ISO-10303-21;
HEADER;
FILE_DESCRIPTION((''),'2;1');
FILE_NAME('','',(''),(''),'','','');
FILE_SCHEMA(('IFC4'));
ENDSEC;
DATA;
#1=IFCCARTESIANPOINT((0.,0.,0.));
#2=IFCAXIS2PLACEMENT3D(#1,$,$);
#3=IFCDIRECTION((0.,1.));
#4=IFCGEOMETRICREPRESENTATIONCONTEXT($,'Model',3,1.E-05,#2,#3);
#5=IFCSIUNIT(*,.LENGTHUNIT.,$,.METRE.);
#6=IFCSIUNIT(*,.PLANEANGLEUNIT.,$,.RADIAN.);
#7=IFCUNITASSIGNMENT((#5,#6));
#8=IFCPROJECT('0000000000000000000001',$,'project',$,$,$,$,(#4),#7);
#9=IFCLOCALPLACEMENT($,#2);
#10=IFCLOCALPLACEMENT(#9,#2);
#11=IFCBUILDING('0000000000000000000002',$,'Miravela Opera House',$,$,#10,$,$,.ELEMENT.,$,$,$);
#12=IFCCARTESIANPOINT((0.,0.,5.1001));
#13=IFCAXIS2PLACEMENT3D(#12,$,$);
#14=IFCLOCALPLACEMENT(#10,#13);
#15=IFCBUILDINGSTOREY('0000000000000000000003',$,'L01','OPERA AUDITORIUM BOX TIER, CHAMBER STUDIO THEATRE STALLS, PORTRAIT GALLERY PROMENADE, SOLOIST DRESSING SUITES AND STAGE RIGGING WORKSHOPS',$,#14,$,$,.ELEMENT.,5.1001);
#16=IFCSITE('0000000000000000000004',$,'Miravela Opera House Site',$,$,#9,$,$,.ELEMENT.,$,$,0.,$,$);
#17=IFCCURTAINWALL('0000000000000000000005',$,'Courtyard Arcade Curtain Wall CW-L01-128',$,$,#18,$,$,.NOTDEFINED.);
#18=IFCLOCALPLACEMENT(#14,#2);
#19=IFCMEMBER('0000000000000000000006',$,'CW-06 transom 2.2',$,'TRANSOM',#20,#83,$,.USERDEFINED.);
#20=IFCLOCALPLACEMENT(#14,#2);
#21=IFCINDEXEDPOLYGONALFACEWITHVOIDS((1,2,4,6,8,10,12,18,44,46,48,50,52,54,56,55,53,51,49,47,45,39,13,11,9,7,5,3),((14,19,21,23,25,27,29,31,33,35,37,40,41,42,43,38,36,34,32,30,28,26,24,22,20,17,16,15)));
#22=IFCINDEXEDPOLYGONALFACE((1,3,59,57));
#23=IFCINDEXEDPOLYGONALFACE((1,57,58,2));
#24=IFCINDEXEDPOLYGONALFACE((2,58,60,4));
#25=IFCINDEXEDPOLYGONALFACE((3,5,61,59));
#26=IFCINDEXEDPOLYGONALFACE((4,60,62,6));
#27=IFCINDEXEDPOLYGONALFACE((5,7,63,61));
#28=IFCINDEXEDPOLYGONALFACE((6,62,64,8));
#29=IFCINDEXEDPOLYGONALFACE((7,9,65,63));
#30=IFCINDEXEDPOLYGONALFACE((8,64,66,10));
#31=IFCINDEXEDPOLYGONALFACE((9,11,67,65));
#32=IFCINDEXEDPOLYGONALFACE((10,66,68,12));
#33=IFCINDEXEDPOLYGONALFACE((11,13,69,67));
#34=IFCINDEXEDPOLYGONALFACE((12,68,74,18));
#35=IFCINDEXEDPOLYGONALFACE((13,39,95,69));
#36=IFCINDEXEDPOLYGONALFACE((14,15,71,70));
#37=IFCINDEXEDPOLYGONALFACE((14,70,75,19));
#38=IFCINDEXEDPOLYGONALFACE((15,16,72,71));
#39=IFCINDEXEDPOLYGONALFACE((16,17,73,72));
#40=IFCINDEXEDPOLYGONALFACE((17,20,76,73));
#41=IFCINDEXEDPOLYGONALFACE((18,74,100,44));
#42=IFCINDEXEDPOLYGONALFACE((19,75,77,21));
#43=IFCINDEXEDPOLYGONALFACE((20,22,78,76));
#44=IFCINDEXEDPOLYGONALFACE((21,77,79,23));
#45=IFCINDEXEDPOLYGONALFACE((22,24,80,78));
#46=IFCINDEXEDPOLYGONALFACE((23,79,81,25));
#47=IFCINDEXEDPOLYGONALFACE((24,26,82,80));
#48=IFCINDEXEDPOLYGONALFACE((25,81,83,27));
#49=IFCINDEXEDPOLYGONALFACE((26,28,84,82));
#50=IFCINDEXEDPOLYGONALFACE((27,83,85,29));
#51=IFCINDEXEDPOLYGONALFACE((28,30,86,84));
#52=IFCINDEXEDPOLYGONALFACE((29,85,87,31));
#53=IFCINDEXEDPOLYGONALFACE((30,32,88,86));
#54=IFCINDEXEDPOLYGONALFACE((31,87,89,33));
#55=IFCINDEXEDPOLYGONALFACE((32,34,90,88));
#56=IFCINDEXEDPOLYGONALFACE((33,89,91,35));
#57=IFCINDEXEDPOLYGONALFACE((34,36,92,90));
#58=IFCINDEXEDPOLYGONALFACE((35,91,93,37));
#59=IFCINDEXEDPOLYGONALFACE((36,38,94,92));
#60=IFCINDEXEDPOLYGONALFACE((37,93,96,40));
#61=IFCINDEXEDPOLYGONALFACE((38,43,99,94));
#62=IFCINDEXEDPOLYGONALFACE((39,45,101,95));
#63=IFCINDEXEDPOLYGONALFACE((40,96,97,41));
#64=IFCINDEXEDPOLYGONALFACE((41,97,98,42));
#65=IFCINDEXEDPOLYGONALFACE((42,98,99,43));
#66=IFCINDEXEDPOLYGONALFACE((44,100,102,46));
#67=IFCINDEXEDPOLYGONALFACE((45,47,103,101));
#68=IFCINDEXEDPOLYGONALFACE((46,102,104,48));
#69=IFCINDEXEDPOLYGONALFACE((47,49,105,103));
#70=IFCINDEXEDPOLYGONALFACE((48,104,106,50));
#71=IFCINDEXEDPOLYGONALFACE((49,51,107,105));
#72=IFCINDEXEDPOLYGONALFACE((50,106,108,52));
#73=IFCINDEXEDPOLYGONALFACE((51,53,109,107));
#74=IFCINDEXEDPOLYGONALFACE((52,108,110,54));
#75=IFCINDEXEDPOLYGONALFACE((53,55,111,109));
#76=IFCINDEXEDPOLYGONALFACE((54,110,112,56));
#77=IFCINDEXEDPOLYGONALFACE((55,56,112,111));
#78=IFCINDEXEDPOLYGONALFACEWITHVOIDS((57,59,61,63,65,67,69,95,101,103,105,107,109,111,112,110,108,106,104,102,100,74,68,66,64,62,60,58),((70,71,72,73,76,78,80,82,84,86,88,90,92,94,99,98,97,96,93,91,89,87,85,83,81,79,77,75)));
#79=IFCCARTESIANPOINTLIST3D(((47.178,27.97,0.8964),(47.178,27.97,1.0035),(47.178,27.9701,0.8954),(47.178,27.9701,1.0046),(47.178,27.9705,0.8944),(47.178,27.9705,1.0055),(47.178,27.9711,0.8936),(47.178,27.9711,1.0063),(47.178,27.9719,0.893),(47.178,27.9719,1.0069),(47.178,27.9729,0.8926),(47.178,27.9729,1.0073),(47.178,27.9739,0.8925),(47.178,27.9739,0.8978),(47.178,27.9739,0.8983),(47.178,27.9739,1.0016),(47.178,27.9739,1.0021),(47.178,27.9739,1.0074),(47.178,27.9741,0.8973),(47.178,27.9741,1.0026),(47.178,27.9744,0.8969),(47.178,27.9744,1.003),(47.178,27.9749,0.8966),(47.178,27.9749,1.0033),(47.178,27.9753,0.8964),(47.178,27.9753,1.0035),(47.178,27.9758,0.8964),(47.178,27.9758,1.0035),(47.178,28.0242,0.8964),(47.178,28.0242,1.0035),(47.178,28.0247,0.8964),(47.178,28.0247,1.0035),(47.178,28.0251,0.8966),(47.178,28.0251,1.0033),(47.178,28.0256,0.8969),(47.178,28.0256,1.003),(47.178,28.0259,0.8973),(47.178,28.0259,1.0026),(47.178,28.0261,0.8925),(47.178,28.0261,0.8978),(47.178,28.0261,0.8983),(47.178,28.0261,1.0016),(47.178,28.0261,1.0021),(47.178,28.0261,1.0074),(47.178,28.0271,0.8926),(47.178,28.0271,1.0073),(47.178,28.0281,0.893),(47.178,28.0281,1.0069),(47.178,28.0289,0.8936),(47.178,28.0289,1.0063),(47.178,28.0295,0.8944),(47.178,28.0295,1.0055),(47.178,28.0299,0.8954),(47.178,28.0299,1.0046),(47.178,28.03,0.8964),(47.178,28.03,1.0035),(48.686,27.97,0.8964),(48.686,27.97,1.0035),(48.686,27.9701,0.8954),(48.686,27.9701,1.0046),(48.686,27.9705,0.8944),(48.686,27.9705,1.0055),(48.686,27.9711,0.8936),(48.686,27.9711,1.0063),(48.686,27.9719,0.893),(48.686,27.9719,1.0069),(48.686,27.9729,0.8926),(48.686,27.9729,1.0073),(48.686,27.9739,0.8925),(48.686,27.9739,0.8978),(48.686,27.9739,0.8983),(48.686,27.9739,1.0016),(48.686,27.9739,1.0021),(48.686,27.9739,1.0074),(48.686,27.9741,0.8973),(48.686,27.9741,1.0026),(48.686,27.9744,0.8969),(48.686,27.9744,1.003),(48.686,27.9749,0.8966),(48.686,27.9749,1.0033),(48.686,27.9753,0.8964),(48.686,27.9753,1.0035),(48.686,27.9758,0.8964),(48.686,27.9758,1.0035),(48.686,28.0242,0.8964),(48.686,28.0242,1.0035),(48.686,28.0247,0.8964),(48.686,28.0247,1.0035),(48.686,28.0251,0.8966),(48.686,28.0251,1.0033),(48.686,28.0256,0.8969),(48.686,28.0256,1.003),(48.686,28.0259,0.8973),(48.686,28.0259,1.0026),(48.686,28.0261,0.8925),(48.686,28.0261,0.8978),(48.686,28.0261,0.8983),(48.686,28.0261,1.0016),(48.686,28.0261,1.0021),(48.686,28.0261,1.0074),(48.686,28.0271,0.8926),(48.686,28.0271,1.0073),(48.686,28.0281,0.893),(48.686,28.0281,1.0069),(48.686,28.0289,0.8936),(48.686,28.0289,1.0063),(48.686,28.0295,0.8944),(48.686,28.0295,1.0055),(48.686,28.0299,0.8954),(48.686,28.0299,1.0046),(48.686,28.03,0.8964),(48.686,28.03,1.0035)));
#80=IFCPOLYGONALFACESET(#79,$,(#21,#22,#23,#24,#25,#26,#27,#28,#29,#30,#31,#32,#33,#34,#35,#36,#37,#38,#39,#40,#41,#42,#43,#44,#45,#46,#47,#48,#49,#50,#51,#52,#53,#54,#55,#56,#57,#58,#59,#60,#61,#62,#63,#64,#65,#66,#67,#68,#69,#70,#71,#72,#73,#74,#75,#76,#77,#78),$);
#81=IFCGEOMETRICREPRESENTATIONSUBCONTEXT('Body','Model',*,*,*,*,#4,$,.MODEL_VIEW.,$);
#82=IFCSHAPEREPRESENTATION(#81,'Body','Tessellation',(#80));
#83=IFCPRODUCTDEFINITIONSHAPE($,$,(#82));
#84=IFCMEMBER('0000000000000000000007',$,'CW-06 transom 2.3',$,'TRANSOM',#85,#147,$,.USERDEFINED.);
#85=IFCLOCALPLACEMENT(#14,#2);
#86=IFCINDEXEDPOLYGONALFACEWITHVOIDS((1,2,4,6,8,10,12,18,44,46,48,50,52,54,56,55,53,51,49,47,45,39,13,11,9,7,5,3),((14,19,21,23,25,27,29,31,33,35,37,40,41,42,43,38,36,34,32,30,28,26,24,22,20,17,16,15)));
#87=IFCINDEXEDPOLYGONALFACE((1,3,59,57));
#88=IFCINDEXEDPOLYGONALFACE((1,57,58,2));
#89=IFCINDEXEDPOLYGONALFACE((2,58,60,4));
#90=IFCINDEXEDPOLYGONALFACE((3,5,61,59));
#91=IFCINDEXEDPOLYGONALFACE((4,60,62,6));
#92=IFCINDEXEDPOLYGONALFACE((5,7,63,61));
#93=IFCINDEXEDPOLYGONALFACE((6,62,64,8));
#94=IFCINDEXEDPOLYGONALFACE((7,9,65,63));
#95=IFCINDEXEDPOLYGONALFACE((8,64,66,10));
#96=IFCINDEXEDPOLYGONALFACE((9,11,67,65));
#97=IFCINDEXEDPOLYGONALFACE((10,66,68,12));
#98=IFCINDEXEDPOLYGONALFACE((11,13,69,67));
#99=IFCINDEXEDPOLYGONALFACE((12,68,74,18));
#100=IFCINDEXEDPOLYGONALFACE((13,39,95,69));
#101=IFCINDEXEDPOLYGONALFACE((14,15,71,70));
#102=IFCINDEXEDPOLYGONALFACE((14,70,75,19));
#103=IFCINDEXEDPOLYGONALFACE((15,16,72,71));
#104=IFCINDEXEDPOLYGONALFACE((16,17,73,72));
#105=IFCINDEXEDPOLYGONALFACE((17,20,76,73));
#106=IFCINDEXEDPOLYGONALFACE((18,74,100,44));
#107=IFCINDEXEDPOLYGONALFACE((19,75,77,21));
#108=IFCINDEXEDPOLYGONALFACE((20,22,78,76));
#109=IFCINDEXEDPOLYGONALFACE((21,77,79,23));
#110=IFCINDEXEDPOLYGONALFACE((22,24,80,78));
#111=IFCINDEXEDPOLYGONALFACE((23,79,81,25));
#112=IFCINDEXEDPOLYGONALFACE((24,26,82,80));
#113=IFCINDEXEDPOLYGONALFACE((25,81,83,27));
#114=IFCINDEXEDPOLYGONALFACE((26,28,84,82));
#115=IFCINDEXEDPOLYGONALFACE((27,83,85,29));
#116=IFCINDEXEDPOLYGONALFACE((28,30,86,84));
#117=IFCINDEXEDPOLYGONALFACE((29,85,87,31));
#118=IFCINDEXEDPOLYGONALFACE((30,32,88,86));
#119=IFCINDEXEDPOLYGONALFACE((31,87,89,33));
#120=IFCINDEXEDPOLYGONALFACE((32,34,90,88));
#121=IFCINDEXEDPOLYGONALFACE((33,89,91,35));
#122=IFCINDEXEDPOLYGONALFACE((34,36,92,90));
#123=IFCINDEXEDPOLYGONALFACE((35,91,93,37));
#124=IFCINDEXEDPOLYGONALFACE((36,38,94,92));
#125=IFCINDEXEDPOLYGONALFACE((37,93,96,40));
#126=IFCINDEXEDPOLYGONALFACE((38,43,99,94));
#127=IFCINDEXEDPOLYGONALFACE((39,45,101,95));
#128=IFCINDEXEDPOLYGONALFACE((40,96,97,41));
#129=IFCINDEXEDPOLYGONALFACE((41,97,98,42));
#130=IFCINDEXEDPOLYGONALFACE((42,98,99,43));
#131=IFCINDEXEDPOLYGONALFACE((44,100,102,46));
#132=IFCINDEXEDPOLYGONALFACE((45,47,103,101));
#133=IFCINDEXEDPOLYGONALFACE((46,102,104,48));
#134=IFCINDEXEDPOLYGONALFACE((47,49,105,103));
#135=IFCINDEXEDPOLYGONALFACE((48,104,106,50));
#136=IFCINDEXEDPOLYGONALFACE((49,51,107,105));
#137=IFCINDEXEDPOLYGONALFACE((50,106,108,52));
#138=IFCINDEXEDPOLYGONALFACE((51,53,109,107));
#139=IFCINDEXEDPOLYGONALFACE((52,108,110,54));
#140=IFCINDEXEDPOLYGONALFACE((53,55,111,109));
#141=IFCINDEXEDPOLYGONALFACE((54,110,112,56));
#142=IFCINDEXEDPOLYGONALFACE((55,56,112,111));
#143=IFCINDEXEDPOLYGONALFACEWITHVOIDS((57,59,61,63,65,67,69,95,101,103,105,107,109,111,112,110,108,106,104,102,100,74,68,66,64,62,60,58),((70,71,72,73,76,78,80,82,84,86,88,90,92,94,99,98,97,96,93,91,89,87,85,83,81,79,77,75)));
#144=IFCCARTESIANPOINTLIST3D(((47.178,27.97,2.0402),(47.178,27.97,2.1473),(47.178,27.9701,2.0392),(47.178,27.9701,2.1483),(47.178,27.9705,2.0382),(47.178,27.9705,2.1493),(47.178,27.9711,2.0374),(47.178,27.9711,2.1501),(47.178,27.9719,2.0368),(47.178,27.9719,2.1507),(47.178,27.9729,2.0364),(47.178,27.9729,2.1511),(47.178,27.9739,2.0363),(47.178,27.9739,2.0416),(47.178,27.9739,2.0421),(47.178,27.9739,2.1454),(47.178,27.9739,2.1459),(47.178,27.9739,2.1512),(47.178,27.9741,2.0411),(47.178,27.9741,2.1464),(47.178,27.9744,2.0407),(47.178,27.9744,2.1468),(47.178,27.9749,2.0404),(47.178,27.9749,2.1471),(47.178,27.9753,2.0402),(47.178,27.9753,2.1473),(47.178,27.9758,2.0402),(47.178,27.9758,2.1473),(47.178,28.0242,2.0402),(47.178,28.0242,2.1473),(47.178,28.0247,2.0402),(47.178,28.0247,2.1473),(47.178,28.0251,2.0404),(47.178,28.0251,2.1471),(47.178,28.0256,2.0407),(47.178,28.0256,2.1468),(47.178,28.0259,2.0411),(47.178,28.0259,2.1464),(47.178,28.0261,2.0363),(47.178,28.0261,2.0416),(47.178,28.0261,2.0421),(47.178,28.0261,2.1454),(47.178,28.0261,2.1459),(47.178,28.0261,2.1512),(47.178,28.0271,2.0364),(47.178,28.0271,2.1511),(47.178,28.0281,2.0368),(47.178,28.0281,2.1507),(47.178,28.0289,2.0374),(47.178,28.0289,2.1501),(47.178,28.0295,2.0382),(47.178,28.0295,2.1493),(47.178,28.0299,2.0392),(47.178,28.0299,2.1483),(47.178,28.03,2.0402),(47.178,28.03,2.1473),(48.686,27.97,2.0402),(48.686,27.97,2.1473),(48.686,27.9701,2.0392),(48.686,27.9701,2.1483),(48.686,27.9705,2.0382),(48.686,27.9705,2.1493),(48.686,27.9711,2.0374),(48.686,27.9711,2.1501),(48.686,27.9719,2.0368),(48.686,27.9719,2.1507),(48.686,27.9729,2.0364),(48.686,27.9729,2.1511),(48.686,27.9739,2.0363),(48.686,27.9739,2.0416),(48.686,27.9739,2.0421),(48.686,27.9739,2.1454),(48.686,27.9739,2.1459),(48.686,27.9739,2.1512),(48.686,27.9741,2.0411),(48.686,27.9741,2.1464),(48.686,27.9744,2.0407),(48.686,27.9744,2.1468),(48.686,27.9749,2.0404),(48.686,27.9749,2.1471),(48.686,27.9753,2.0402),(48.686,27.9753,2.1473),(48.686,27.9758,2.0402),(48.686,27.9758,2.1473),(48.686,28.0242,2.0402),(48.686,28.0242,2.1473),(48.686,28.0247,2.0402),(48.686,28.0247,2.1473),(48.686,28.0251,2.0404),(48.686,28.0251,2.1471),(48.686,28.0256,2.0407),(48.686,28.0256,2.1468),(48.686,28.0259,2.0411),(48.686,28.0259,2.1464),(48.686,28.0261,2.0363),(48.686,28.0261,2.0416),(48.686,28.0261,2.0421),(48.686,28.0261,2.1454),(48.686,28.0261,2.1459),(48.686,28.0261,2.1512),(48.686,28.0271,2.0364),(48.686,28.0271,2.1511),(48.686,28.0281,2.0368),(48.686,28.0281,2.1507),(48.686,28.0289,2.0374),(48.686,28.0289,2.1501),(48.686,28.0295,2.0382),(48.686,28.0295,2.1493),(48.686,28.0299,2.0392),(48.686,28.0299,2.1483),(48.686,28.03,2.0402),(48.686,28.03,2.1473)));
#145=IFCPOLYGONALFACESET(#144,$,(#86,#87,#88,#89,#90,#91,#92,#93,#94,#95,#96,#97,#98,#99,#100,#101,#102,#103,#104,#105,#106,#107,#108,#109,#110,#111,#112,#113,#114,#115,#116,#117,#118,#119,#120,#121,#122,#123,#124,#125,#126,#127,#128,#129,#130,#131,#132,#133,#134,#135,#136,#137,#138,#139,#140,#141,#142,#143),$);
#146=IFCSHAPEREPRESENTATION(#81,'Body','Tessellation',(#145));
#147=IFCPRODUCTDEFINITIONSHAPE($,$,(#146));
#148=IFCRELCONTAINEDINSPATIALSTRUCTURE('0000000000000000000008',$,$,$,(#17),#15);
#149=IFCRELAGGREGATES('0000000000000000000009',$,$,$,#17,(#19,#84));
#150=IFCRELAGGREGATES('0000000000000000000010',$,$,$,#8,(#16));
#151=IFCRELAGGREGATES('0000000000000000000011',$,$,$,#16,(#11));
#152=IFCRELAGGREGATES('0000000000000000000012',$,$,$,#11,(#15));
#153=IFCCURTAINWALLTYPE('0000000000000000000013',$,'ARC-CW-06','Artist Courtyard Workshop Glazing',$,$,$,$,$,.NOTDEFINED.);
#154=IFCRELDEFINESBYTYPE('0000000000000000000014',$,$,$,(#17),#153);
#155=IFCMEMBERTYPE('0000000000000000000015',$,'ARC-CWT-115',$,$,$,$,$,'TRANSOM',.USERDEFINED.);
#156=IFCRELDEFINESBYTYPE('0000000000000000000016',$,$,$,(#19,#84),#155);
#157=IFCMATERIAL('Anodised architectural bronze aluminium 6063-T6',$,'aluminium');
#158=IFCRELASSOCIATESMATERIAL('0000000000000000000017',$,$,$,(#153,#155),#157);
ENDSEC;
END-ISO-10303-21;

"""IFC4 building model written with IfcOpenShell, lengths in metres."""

from ifc_helpers import new_model, si_unit, direction, frame, origin, origin_2d, place, context, subcontext, project, spatial, hollow_rectangle, extrude, material, material_profile, profile_set, type_object, element, aggregate, save


model = new_model("IFC4")

# Units and contexts
model_context = context("Model", 3, precision=1e-05, world=origin(), true_north=direction((0.0, 1.0)))
body_context = subcontext(model_context, "Body", "Model", "MODEL_VIEW")
ifc_project = project(units=[si_unit("LENGTHUNIT", "METRE"), si_unit("PLANEANGLEUNIT", "RADIAN")], contexts=[model_context])

# Site, building, storey
site_placement = place(None, origin())
site = spatial("IfcSite", under=ifc_project, at=site_placement, Name="Miravela Opera House Site", CompositionType="ELEMENT", RefElevation=0.0)
building_placement = place(site_placement, origin())
building = spatial("IfcBuilding", under=site, at=building_placement, Name="Miravela Opera House", CompositionType="ELEMENT")
storey_placement = place(building_placement, frame((0.0, 0.0, 5.1001)))
storey = spatial("IfcBuildingStorey", under=building, at=storey_placement, Name="L01", Description="OPERA AUDITORIUM BOX TIER, CHAMBER STUDIO THEATRE STALLS, PORTRAIT GALLERY PROMENADE, SOLOIST DRESSING SUITES AND STAGE RIGGING WORKSHOPS", CompositionType="ELEMENT", Elevation=5.1001)

# Curtain wall, members
ifc_material_1 = material(Name="Anodised architectural bronze aluminium 6063-T6", Category="aluminium")
curtain_wall_type = type_object("IfcCurtainWallType", Name="ARC-CW-06", Description="Artist Courtyard Workshop Glazing", PredefinedType="NOTDEFINED", material=ifc_material_1)
curtain_wall_placement = place(storey_placement, origin())
curtain_wall = element("IfcCurtainWall", 1, at=curtain_wall_placement, inside=storey, type_object=curtain_wall_type, Name="Courtyard Arcade Curtain Wall CW-L01-128", PredefinedType="NOTDEFINED")
ifc_material_profile_1 = material_profile(ifc_material_1, hollow_rectangle(XDim=0.0601, YDim=0.115, WallThickness=0.0039, InnerFilletRadius=0.002, OuterFilletRadius=0.0039, at=origin_2d()), Name="CWT-60X115")
ifc_profile_set_1 = profile_set([ifc_material_profile_1])
member_type_1 = type_object("IfcMemberType", Name="ARC-CWT-115", ElementType="TRANSOM", PredefinedType="USERDEFINED", material=ifc_profile_set_1)
member_1_placement = place(storey_placement, frame((47.178, 28.0, 0.95), z_axis=(1.0, 0.0, 0.0), x_axis=(0.0, 1.0, 0.0)))
member_1 = element("IfcMember", 2, at=member_1_placement, type_object=member_type_1, Name="CW-06 transom 2.2", ObjectType="TRANSOM", PredefinedType="USERDEFINED", context=body_context, shape_type="SweptSolid", body=[
    extrude(hollow_rectangle(XDim=0.0601, YDim=0.115, WallThickness=0.0039, InnerFilletRadius=0.002, OuterFilletRadius=0.0039, at=origin_2d()), origin(), (0.0, 0.0, 1.0), 1.5081),
])
member_2_placement = place(storey_placement, frame((47.178, 28.0, 2.0938), z_axis=(1.0, 0.0, 0.0), x_axis=(0.0, 1.0, 0.0)))
member_2 = element("IfcMember", 3, at=member_2_placement, type_object=member_type_1, Name="CW-06 transom 2.3", ObjectType="TRANSOM", PredefinedType="USERDEFINED", context=body_context, shape_type="SweptSolid", body=[
    extrude(hollow_rectangle(XDim=0.0601, YDim=0.115, WallThickness=0.0039, InnerFilletRadius=0.002, OuterFilletRadius=0.0039, at=origin_2d()), origin(), (0.0, 0.0, 1.0), 1.5081),
])
aggregate(curtain_wall, [member_1, member_2])

save(model, "model.ifc")
